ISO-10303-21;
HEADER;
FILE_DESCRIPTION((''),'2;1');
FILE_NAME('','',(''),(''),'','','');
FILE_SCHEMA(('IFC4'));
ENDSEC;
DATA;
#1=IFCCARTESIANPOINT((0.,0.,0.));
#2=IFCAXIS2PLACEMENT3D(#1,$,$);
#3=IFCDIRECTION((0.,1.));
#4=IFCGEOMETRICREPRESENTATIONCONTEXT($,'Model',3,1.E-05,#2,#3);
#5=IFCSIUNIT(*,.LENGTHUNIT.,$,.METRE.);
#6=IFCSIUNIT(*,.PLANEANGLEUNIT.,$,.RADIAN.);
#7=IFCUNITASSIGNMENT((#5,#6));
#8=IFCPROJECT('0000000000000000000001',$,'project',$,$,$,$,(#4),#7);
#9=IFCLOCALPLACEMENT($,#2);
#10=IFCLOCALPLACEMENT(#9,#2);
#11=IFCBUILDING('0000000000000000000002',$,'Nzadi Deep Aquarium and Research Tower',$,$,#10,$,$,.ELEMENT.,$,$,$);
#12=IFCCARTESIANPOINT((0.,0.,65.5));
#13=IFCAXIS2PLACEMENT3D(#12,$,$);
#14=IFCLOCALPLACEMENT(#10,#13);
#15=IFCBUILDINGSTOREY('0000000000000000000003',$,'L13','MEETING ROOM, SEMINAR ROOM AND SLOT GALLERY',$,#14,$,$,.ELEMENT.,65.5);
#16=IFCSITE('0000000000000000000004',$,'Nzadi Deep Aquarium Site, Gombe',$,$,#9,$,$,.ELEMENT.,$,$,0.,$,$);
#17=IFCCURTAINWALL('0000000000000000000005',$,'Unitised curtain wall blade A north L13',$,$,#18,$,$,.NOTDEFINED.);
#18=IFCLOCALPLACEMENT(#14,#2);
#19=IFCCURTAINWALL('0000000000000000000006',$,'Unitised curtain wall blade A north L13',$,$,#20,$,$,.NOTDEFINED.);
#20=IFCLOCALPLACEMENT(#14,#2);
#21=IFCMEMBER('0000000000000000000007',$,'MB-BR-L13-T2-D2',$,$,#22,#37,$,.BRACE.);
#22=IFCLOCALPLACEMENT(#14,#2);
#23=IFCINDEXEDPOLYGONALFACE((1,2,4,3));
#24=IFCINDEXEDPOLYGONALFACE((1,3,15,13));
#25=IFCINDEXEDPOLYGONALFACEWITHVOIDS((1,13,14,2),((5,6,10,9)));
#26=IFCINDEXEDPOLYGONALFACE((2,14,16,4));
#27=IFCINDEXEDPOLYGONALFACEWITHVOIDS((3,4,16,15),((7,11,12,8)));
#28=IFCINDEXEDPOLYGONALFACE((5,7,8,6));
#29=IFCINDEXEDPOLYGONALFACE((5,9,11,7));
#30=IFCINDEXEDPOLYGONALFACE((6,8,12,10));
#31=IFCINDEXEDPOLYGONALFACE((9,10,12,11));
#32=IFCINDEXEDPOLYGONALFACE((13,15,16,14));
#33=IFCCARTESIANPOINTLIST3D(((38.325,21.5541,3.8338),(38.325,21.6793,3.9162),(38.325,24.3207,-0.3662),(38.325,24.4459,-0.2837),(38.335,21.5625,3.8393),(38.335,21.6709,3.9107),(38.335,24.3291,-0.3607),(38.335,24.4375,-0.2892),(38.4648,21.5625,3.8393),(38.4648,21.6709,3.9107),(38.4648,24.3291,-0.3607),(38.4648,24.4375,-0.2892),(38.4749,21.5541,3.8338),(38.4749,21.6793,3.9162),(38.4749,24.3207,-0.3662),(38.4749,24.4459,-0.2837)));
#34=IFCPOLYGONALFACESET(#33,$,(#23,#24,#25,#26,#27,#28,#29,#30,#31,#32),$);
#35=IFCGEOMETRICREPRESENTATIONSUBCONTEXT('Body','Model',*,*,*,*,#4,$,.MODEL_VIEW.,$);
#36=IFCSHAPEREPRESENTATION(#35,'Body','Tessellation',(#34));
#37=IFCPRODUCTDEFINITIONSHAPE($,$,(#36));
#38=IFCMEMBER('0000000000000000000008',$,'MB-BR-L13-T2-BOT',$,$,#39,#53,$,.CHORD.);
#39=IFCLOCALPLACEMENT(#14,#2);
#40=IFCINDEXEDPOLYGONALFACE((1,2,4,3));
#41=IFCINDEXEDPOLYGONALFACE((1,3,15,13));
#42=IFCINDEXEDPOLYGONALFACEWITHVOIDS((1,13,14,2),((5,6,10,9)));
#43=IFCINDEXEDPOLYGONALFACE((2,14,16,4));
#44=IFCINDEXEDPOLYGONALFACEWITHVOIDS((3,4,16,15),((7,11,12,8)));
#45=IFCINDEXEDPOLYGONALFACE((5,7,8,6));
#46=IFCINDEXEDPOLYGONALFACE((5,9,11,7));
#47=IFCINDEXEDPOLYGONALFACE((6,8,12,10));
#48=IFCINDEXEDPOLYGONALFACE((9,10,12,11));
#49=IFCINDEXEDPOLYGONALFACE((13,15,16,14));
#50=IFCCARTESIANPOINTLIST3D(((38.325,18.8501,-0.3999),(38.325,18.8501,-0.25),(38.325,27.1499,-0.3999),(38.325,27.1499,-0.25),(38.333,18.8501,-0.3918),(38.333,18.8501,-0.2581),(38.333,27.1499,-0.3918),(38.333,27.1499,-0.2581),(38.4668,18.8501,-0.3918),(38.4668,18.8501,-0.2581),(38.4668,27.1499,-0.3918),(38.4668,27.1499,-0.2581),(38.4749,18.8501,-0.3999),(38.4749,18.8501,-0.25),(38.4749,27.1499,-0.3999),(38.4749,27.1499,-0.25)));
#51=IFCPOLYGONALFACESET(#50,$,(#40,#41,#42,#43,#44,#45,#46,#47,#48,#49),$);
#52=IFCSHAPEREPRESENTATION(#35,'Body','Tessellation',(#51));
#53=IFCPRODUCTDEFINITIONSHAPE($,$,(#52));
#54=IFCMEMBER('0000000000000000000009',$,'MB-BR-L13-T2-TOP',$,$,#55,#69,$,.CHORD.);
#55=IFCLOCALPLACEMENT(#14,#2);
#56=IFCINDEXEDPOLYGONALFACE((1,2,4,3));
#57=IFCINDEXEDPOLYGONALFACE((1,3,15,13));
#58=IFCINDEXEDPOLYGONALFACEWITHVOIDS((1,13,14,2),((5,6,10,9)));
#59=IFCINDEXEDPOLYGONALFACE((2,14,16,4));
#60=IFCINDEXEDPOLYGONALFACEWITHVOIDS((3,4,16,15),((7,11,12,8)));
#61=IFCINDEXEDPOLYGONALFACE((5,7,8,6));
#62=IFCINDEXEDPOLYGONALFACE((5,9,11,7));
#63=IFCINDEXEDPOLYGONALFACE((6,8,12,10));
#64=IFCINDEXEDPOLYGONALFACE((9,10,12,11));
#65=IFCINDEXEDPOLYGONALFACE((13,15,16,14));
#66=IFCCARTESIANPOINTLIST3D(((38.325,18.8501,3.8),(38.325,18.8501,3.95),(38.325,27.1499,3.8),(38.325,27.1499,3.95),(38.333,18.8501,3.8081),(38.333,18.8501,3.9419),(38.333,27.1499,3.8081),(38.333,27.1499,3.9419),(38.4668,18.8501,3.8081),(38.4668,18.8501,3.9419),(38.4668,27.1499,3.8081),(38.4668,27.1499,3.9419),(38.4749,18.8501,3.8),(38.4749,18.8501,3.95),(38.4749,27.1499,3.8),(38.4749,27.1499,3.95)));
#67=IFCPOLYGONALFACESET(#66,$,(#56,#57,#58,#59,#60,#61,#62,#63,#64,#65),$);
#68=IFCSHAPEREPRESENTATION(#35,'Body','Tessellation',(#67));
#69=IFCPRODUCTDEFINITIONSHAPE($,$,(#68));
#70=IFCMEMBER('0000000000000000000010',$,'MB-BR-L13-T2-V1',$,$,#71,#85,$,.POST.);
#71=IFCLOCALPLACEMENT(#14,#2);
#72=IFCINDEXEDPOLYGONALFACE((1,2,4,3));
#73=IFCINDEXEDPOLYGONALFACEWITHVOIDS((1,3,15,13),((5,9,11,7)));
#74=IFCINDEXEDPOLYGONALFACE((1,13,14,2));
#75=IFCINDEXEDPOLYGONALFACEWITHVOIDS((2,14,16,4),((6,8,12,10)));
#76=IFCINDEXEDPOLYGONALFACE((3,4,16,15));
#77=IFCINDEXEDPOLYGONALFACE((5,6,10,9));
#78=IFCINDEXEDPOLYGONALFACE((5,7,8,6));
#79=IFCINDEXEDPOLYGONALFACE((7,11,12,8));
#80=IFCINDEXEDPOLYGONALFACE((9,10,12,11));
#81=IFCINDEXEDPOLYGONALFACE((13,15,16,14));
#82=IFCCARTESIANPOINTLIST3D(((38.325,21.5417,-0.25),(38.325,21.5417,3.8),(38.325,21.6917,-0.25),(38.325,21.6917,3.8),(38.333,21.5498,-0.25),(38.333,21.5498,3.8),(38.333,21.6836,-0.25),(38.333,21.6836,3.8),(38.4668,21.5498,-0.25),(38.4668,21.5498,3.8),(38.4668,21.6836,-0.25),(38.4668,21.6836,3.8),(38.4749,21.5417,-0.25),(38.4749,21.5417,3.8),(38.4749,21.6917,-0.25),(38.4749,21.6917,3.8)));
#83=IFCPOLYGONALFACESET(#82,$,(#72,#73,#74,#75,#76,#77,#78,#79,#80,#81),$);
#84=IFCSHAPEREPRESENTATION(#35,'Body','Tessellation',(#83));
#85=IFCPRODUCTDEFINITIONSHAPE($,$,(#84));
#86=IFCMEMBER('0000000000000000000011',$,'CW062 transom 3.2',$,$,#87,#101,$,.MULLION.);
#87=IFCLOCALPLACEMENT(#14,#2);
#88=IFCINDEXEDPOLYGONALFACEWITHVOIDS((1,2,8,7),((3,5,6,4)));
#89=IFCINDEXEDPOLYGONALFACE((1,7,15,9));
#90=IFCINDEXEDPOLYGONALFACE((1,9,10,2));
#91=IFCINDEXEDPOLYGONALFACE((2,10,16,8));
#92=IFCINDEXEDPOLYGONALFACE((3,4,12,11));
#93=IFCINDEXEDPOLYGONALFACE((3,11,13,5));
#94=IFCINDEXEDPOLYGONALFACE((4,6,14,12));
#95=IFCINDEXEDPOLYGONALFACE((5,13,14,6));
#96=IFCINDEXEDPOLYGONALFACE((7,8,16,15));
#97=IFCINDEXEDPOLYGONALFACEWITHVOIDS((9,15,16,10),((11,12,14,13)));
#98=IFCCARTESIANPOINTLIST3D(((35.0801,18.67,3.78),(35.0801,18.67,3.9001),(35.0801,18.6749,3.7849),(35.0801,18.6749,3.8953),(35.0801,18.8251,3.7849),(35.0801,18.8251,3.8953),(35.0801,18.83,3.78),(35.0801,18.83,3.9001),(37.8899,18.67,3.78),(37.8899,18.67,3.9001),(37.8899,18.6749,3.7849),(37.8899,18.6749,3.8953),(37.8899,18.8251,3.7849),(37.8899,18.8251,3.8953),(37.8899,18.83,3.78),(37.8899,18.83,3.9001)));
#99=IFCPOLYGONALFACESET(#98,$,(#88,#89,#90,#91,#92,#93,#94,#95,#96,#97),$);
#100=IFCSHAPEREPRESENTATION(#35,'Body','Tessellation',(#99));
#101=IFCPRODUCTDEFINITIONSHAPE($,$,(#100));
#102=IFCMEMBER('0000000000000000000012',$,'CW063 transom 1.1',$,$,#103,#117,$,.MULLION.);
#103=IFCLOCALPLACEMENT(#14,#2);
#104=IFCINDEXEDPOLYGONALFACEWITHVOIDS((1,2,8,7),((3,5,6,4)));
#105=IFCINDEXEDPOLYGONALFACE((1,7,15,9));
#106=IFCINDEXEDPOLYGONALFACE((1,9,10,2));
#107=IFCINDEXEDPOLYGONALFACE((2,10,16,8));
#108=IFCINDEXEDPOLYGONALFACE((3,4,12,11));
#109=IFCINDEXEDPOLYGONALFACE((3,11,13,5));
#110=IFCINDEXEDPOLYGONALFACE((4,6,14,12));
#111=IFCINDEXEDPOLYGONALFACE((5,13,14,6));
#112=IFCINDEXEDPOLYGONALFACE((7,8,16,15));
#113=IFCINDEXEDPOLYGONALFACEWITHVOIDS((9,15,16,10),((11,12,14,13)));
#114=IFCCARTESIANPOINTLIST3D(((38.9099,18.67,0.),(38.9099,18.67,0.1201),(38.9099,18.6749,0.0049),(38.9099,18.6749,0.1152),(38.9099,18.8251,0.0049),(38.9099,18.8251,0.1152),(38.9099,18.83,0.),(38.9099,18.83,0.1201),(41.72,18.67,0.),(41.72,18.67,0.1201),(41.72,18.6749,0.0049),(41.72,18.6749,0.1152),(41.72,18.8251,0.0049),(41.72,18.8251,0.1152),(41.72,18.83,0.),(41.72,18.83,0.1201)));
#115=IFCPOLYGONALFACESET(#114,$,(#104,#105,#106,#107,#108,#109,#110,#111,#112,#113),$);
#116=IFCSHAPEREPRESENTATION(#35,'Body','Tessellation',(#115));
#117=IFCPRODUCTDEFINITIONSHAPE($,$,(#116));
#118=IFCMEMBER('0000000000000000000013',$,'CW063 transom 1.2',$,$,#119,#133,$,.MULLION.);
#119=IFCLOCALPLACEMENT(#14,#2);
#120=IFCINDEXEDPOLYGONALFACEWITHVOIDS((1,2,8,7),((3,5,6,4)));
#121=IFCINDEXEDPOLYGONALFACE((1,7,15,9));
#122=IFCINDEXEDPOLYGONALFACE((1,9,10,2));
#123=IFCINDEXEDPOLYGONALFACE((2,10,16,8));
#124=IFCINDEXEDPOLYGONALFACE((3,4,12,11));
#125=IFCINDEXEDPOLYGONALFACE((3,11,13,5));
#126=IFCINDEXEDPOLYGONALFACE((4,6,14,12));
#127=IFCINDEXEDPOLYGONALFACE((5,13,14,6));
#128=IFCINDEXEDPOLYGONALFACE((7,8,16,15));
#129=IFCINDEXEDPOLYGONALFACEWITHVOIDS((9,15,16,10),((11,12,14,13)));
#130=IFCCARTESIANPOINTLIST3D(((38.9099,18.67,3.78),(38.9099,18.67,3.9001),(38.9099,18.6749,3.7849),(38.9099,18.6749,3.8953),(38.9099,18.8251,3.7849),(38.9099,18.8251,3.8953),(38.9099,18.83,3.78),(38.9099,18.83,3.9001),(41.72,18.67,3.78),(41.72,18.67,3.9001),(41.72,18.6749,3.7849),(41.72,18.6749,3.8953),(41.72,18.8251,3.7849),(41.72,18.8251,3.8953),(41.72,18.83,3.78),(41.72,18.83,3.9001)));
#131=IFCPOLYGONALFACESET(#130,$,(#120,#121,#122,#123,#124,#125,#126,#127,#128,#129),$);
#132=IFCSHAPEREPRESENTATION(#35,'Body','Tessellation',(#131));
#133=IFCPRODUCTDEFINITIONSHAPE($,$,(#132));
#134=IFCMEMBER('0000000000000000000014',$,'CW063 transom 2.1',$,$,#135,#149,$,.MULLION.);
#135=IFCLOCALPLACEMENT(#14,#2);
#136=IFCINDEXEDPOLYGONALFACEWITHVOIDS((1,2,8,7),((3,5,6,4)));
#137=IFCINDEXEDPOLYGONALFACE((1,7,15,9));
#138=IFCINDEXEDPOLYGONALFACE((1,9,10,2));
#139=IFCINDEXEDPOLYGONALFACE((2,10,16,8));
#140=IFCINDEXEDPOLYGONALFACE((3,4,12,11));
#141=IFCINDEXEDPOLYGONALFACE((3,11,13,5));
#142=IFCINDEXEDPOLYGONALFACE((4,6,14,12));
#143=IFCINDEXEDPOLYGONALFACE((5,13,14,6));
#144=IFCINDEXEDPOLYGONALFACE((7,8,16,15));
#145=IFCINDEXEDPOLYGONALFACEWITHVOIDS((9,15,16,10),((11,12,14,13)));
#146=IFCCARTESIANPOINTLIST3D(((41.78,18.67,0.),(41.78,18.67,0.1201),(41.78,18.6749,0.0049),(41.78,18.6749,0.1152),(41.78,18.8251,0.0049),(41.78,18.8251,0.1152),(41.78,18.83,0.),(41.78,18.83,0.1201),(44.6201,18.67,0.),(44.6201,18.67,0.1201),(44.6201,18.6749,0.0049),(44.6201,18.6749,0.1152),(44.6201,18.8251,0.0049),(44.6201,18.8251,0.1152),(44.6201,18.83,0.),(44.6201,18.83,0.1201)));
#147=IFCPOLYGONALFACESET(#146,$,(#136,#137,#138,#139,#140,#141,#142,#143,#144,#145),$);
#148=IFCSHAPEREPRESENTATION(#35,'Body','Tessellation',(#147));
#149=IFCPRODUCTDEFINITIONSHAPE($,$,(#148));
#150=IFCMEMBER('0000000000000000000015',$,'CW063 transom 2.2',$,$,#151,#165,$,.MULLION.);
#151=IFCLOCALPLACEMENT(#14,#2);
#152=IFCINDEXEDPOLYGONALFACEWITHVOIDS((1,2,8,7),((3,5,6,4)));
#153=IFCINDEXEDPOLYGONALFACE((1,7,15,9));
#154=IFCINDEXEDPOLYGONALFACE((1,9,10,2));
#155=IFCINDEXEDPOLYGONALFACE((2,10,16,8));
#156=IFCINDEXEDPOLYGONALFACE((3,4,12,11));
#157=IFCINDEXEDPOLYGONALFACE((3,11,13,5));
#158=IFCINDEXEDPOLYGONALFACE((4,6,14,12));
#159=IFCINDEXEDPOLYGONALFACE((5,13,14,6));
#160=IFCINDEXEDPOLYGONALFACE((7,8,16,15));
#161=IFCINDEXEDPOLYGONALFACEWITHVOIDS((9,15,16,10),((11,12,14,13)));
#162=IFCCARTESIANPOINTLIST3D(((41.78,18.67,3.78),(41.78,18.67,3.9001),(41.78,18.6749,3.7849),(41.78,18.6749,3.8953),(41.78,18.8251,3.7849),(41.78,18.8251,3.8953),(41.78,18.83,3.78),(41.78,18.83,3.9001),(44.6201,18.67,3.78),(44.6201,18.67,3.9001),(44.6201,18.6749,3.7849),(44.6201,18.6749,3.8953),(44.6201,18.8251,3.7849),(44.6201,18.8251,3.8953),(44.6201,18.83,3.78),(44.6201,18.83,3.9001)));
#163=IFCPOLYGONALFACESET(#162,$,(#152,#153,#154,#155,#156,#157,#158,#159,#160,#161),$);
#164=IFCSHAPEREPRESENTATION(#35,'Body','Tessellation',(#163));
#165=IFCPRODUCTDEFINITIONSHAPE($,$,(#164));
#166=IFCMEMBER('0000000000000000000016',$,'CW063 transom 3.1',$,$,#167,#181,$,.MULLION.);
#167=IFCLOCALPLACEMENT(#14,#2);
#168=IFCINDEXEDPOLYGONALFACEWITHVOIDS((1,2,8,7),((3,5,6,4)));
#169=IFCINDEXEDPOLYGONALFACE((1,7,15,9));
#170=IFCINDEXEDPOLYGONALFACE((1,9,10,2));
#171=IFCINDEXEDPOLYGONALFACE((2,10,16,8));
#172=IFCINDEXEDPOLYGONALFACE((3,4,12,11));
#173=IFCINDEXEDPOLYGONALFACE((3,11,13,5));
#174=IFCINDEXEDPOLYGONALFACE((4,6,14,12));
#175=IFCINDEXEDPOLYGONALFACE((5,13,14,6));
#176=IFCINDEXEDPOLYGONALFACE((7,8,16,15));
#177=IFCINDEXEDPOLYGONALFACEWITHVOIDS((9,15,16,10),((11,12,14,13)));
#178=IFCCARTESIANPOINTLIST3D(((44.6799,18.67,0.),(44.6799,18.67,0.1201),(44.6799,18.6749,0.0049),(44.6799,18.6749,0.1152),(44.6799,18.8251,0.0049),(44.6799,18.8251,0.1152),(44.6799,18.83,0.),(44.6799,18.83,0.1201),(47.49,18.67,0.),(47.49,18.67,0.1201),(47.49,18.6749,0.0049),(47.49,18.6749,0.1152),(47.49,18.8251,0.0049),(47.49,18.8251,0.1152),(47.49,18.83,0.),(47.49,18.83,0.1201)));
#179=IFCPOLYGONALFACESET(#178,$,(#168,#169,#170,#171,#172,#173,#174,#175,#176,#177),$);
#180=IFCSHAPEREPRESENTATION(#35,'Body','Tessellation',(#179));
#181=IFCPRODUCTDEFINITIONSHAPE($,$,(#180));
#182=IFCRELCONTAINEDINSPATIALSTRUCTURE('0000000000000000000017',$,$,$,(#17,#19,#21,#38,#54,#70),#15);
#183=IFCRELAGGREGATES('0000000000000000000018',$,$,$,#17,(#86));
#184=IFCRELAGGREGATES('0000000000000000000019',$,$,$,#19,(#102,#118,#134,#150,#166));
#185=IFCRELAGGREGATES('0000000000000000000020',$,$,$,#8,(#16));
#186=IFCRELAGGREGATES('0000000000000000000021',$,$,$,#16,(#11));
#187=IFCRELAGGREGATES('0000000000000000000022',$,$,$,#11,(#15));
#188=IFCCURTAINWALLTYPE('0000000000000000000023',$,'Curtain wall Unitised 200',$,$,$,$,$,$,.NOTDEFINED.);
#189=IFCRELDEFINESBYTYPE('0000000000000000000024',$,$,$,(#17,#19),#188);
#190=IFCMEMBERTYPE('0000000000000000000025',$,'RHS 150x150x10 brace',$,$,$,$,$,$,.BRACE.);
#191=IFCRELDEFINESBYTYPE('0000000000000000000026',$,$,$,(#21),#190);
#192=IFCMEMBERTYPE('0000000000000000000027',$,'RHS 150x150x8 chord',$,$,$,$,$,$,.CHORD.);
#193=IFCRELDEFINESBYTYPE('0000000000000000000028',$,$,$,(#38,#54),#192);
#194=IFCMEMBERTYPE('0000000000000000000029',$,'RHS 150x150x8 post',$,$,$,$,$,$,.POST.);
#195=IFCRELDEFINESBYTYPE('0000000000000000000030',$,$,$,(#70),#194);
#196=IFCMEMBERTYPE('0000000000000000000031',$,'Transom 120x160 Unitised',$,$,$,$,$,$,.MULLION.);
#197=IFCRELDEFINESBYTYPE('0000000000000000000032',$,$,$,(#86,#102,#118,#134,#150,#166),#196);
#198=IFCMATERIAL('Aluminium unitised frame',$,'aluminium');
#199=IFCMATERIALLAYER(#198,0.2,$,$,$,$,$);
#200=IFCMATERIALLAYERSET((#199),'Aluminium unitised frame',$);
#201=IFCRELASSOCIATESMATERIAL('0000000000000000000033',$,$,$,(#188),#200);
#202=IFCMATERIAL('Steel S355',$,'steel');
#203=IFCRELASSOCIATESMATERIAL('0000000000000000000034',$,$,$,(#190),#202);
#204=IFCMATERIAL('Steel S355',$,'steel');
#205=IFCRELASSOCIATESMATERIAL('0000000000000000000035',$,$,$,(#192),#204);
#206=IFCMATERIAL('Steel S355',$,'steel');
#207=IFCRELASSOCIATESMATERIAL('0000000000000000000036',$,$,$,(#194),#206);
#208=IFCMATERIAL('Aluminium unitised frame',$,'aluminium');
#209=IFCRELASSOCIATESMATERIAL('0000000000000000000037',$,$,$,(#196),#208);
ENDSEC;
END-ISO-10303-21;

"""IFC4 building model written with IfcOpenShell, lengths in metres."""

from ifc_helpers import new_model, si_unit, direction, frame, origin, origin_2d, place, context, subcontext, project, spatial, hollow_rectangle, extrude, material, layer, layer_set, material_profile, profile_set, type_object, element, aggregate, save


model = new_model("IFC4")

# Units and contexts
model_context = context("Model", 3, precision=1e-05, world=origin(), true_north=direction((0.0, 1.0)))
body_context = subcontext(model_context, "Body", "Model", "MODEL_VIEW")
ifc_project = project(units=[si_unit("LENGTHUNIT", "METRE"), si_unit("PLANEANGLEUNIT", "RADIAN")], contexts=[model_context])

# Site, building, storey
site_placement = place(None, origin())
site = spatial("IfcSite", under=ifc_project, at=site_placement, Name="Nzadi Deep Aquarium Site, Gombe", CompositionType="ELEMENT", RefElevation=0.0)
building_placement = place(site_placement, origin())
building = spatial("IfcBuilding", under=site, at=building_placement, Name="Nzadi Deep Aquarium and Research Tower", CompositionType="ELEMENT")
storey_placement = place(building_placement, frame((0.0, 0.0, 65.5)))
storey = spatial("IfcBuildingStorey", under=building, at=storey_placement, Name="L13", Description="MEETING ROOM, SEMINAR ROOM AND SLOT GALLERY", CompositionType="ELEMENT", Elevation=65.5)

# Curtain wall
ifc_material_1 = material(Name="Aluminium unitised frame", Category="aluminium")
ifc_layer_1 = layer(ifc_material_1, 0.2)
ifc_layer_set_1 = layer_set([ifc_layer_1], Name="Aluminium unitised frame")
curtain_wall_type_1 = type_object("IfcCurtainWallType", Name="Curtain wall Unitised 200", PredefinedType="NOTDEFINED", material=ifc_layer_set_1)
curtain_wall_1_placement = place(storey_placement, origin())
curtain_wall_1 = element("IfcCurtainWall", 1, at=curtain_wall_1_placement, inside=storey, type_object=curtain_wall_type_1, Name="Unitised curtain wall blade A north L13", PredefinedType="NOTDEFINED")

# Curtain wall
curtain_wall_2_placement = place(storey_placement, origin())
curtain_wall_2 = element("IfcCurtainWall", 2, at=curtain_wall_2_placement, inside=storey, type_object=curtain_wall_type_1, Name="Unitised curtain wall blade A north L13", PredefinedType="NOTDEFINED")

# Members
ifc_material_2 = material(Name="Steel S355", Category="steel")
ifc_material_profile_1 = material_profile(ifc_material_2, hollow_rectangle(XDim=0.1499, YDim=0.1499, WallThickness=0.01, at=origin_2d()))
ifc_profile_set_1 = profile_set([ifc_material_profile_1], Name="Steel S355")
member_type_1 = type_object("IfcMemberType", Name="RHS 150x150x10 brace", PredefinedType="BRACE", material=ifc_profile_set_1)
for number, where, z_axis, x_axis, name in (
    (3, (38.3999, 21.6167, 3.875), (0.0, 0.550099, -0.8351), (-1.0, 0.0, 0.0), "MB-BR-L13-T2-D2"),
):
    element("IfcMember", number, at=place(storey_placement, frame(where, z_axis=z_axis, x_axis=x_axis)), inside=storey, type_object=member_type_1, Name=name, PredefinedType="BRACE", context=body_context, shape_type="SweptSolid", body=[
        extrude(hollow_rectangle(XDim=0.1499, YDim=0.1499, WallThickness=0.01, at=origin_2d()), origin(), (0.0, 0.0, 1.0), 5.0293),
    ])
ifc_material_3 = material(Name="Steel S355", Category="steel")
ifc_material_profile_2 = material_profile(ifc_material_3, hollow_rectangle(XDim=0.1499, YDim=0.1499, WallThickness=0.0081, at=origin_2d()))
ifc_profile_set_2 = profile_set([ifc_material_profile_2], Name="Steel S355")
member_type_2 = type_object("IfcMemberType", Name="RHS 150x150x8 chord", PredefinedType="CHORD", material=ifc_profile_set_2)
for number, where, z_axis, x_axis, name in (
    (4, (38.3999, 18.8501, -0.325), (0.0, 1.0, 0.0), (-1.0, 0.0, 0.0), "MB-BR-L13-T2-BOT"),
    (5, (38.3999, 18.8501, 3.875), (0.0, 1.0, 0.0), (-1.0, 0.0, 0.0), "MB-BR-L13-T2-TOP"),
):
    element("IfcMember", number, at=place(storey_placement, frame(where, z_axis=z_axis, x_axis=x_axis)), inside=storey, type_object=member_type_2, Name=name, PredefinedType="CHORD", context=body_context, shape_type="SweptSolid", body=[
        extrude(hollow_rectangle(XDim=0.1499, YDim=0.1499, WallThickness=0.0081, at=origin_2d()), origin(), (0.0, 0.0, 1.0), 8.2998),
    ])
ifc_material_4 = material(Name="Steel S355", Category="steel")
ifc_material_profile_3 = material_profile(ifc_material_4, hollow_rectangle(XDim=0.1499, YDim=0.1499, WallThickness=0.0081, at=origin_2d()))
ifc_profile_set_3 = profile_set([ifc_material_profile_3], Name="Steel S355")
member_type_3 = type_object("IfcMemberType", Name="RHS 150x150x8 post", PredefinedType="POST", material=ifc_profile_set_3)
member_1_placement = place(storey_placement, frame((38.3999, 21.6167, -0.25), z_axis=(0.0, 0.0, 1.0), x_axis=(1.0, 0.0, 0.0)))
element("IfcMember", 6, at=member_1_placement, inside=storey, type_object=member_type_3, Name="MB-BR-L13-T2-V1", PredefinedType="POST", context=body_context, shape_type="SweptSolid", body=[
    extrude(hollow_rectangle(XDim=0.1499, YDim=0.1499, WallThickness=0.0081, at=origin_2d()), origin(), (0.0, 0.0, 1.0), 4.05),
])

# Members
ifc_material_5 = material(Name="Aluminium unitised frame", Category="aluminium")
ifc_material_profile_4 = material_profile(ifc_material_5, hollow_rectangle(XDim=0.1599, YDim=0.1201, WallThickness=0.0049, at=origin_2d()))
ifc_profile_set_4 = profile_set([ifc_material_profile_4], Name="Aluminium unitised frame")
member_type_4 = type_object("IfcMemberType", Name="Transom 120x160 Unitised", PredefinedType="MULLION", material=ifc_profile_set_4)
member_2_placement = place(storey_placement, frame((35.0801, 18.75, 3.8401), z_axis=(1.0, 0.0, 0.0), x_axis=(0.0, 1.0, 0.0)))
member_2 = element("IfcMember", 7, at=member_2_placement, type_object=member_type_4, Name="CW062 transom 3.2", PredefinedType="MULLION", context=body_context, shape_type="SweptSolid", body=[
    extrude(hollow_rectangle(XDim=0.1599, YDim=0.1201, WallThickness=0.0049, at=origin_2d()), origin(), (0.0, 0.0, 1.0), 2.8098),
])
member_3_placement = place(storey_placement, frame((38.9099, 18.75, 0.0601), z_axis=(1.0, 0.0, 0.0), x_axis=(0.0, 1.0, 0.0)))
member_3 = element("IfcMember", 8, at=member_3_placement, type_object=member_type_4, Name="CW063 transom 1.1", PredefinedType="MULLION", context=body_context, shape_type="SweptSolid", body=[
    extrude(hollow_rectangle(XDim=0.1599, YDim=0.1201, WallThickness=0.0049, at=origin_2d()), origin(), (0.0, 0.0, 1.0), 2.8101),
])
member_4_placement = place(storey_placement, frame((38.9099, 18.75, 3.8401), z_axis=(1.0, 0.0, 0.0), x_axis=(0.0, 1.0, 0.0)))
member_4 = element("IfcMember", 9, at=member_4_placement, type_object=member_type_4, Name="CW063 transom 1.2", PredefinedType="MULLION", context=body_context, shape_type="SweptSolid", body=[
    extrude(hollow_rectangle(XDim=0.1599, YDim=0.1201, WallThickness=0.0049, at=origin_2d()), origin(), (0.0, 0.0, 1.0), 2.8101),
])
member_5_placement = place(storey_placement, frame((41.78, 18.75, 0.0601), z_axis=(1.0, 0.0, 0.0), x_axis=(0.0, 1.0, 0.0)))
member_5 = element("IfcMember", 10, at=member_5_placement, type_object=member_type_4, Name="CW063 transom 2.1", PredefinedType="MULLION", context=body_context, shape_type="SweptSolid", body=[
    extrude(hollow_rectangle(XDim=0.1599, YDim=0.1201, WallThickness=0.0049, at=origin_2d()), origin(), (0.0, 0.0, 1.0), 2.8401),
])
member_6_placement = place(storey_placement, frame((41.78, 18.75, 3.8401), z_axis=(1.0, 0.0, 0.0), x_axis=(0.0, 1.0, 0.0)))
member_6 = element("IfcMember", 11, at=member_6_placement, type_object=member_type_4, Name="CW063 transom 2.2", PredefinedType="MULLION", context=body_context, shape_type="SweptSolid", body=[
    extrude(hollow_rectangle(XDim=0.1599, YDim=0.1201, WallThickness=0.0049, at=origin_2d()), origin(), (0.0, 0.0, 1.0), 2.8401),
])
member_7_placement = place(storey_placement, frame((44.6799, 18.75, 0.0601), z_axis=(1.0, 0.0, 0.0), x_axis=(0.0, 1.0, 0.0)))
member_7 = element("IfcMember", 12, at=member_7_placement, type_object=member_type_4, Name="CW063 transom 3.1", PredefinedType="MULLION", context=body_context, shape_type="SweptSolid", body=[
    extrude(hollow_rectangle(XDim=0.1599, YDim=0.1201, WallThickness=0.0049, at=origin_2d()), origin(), (0.0, 0.0, 1.0), 2.8101),
])

aggregate(curtain_wall_1, [member_2])
aggregate(curtain_wall_2, [member_3, member_4, member_5, member_6, member_7])

save(model, "model.ifc")
